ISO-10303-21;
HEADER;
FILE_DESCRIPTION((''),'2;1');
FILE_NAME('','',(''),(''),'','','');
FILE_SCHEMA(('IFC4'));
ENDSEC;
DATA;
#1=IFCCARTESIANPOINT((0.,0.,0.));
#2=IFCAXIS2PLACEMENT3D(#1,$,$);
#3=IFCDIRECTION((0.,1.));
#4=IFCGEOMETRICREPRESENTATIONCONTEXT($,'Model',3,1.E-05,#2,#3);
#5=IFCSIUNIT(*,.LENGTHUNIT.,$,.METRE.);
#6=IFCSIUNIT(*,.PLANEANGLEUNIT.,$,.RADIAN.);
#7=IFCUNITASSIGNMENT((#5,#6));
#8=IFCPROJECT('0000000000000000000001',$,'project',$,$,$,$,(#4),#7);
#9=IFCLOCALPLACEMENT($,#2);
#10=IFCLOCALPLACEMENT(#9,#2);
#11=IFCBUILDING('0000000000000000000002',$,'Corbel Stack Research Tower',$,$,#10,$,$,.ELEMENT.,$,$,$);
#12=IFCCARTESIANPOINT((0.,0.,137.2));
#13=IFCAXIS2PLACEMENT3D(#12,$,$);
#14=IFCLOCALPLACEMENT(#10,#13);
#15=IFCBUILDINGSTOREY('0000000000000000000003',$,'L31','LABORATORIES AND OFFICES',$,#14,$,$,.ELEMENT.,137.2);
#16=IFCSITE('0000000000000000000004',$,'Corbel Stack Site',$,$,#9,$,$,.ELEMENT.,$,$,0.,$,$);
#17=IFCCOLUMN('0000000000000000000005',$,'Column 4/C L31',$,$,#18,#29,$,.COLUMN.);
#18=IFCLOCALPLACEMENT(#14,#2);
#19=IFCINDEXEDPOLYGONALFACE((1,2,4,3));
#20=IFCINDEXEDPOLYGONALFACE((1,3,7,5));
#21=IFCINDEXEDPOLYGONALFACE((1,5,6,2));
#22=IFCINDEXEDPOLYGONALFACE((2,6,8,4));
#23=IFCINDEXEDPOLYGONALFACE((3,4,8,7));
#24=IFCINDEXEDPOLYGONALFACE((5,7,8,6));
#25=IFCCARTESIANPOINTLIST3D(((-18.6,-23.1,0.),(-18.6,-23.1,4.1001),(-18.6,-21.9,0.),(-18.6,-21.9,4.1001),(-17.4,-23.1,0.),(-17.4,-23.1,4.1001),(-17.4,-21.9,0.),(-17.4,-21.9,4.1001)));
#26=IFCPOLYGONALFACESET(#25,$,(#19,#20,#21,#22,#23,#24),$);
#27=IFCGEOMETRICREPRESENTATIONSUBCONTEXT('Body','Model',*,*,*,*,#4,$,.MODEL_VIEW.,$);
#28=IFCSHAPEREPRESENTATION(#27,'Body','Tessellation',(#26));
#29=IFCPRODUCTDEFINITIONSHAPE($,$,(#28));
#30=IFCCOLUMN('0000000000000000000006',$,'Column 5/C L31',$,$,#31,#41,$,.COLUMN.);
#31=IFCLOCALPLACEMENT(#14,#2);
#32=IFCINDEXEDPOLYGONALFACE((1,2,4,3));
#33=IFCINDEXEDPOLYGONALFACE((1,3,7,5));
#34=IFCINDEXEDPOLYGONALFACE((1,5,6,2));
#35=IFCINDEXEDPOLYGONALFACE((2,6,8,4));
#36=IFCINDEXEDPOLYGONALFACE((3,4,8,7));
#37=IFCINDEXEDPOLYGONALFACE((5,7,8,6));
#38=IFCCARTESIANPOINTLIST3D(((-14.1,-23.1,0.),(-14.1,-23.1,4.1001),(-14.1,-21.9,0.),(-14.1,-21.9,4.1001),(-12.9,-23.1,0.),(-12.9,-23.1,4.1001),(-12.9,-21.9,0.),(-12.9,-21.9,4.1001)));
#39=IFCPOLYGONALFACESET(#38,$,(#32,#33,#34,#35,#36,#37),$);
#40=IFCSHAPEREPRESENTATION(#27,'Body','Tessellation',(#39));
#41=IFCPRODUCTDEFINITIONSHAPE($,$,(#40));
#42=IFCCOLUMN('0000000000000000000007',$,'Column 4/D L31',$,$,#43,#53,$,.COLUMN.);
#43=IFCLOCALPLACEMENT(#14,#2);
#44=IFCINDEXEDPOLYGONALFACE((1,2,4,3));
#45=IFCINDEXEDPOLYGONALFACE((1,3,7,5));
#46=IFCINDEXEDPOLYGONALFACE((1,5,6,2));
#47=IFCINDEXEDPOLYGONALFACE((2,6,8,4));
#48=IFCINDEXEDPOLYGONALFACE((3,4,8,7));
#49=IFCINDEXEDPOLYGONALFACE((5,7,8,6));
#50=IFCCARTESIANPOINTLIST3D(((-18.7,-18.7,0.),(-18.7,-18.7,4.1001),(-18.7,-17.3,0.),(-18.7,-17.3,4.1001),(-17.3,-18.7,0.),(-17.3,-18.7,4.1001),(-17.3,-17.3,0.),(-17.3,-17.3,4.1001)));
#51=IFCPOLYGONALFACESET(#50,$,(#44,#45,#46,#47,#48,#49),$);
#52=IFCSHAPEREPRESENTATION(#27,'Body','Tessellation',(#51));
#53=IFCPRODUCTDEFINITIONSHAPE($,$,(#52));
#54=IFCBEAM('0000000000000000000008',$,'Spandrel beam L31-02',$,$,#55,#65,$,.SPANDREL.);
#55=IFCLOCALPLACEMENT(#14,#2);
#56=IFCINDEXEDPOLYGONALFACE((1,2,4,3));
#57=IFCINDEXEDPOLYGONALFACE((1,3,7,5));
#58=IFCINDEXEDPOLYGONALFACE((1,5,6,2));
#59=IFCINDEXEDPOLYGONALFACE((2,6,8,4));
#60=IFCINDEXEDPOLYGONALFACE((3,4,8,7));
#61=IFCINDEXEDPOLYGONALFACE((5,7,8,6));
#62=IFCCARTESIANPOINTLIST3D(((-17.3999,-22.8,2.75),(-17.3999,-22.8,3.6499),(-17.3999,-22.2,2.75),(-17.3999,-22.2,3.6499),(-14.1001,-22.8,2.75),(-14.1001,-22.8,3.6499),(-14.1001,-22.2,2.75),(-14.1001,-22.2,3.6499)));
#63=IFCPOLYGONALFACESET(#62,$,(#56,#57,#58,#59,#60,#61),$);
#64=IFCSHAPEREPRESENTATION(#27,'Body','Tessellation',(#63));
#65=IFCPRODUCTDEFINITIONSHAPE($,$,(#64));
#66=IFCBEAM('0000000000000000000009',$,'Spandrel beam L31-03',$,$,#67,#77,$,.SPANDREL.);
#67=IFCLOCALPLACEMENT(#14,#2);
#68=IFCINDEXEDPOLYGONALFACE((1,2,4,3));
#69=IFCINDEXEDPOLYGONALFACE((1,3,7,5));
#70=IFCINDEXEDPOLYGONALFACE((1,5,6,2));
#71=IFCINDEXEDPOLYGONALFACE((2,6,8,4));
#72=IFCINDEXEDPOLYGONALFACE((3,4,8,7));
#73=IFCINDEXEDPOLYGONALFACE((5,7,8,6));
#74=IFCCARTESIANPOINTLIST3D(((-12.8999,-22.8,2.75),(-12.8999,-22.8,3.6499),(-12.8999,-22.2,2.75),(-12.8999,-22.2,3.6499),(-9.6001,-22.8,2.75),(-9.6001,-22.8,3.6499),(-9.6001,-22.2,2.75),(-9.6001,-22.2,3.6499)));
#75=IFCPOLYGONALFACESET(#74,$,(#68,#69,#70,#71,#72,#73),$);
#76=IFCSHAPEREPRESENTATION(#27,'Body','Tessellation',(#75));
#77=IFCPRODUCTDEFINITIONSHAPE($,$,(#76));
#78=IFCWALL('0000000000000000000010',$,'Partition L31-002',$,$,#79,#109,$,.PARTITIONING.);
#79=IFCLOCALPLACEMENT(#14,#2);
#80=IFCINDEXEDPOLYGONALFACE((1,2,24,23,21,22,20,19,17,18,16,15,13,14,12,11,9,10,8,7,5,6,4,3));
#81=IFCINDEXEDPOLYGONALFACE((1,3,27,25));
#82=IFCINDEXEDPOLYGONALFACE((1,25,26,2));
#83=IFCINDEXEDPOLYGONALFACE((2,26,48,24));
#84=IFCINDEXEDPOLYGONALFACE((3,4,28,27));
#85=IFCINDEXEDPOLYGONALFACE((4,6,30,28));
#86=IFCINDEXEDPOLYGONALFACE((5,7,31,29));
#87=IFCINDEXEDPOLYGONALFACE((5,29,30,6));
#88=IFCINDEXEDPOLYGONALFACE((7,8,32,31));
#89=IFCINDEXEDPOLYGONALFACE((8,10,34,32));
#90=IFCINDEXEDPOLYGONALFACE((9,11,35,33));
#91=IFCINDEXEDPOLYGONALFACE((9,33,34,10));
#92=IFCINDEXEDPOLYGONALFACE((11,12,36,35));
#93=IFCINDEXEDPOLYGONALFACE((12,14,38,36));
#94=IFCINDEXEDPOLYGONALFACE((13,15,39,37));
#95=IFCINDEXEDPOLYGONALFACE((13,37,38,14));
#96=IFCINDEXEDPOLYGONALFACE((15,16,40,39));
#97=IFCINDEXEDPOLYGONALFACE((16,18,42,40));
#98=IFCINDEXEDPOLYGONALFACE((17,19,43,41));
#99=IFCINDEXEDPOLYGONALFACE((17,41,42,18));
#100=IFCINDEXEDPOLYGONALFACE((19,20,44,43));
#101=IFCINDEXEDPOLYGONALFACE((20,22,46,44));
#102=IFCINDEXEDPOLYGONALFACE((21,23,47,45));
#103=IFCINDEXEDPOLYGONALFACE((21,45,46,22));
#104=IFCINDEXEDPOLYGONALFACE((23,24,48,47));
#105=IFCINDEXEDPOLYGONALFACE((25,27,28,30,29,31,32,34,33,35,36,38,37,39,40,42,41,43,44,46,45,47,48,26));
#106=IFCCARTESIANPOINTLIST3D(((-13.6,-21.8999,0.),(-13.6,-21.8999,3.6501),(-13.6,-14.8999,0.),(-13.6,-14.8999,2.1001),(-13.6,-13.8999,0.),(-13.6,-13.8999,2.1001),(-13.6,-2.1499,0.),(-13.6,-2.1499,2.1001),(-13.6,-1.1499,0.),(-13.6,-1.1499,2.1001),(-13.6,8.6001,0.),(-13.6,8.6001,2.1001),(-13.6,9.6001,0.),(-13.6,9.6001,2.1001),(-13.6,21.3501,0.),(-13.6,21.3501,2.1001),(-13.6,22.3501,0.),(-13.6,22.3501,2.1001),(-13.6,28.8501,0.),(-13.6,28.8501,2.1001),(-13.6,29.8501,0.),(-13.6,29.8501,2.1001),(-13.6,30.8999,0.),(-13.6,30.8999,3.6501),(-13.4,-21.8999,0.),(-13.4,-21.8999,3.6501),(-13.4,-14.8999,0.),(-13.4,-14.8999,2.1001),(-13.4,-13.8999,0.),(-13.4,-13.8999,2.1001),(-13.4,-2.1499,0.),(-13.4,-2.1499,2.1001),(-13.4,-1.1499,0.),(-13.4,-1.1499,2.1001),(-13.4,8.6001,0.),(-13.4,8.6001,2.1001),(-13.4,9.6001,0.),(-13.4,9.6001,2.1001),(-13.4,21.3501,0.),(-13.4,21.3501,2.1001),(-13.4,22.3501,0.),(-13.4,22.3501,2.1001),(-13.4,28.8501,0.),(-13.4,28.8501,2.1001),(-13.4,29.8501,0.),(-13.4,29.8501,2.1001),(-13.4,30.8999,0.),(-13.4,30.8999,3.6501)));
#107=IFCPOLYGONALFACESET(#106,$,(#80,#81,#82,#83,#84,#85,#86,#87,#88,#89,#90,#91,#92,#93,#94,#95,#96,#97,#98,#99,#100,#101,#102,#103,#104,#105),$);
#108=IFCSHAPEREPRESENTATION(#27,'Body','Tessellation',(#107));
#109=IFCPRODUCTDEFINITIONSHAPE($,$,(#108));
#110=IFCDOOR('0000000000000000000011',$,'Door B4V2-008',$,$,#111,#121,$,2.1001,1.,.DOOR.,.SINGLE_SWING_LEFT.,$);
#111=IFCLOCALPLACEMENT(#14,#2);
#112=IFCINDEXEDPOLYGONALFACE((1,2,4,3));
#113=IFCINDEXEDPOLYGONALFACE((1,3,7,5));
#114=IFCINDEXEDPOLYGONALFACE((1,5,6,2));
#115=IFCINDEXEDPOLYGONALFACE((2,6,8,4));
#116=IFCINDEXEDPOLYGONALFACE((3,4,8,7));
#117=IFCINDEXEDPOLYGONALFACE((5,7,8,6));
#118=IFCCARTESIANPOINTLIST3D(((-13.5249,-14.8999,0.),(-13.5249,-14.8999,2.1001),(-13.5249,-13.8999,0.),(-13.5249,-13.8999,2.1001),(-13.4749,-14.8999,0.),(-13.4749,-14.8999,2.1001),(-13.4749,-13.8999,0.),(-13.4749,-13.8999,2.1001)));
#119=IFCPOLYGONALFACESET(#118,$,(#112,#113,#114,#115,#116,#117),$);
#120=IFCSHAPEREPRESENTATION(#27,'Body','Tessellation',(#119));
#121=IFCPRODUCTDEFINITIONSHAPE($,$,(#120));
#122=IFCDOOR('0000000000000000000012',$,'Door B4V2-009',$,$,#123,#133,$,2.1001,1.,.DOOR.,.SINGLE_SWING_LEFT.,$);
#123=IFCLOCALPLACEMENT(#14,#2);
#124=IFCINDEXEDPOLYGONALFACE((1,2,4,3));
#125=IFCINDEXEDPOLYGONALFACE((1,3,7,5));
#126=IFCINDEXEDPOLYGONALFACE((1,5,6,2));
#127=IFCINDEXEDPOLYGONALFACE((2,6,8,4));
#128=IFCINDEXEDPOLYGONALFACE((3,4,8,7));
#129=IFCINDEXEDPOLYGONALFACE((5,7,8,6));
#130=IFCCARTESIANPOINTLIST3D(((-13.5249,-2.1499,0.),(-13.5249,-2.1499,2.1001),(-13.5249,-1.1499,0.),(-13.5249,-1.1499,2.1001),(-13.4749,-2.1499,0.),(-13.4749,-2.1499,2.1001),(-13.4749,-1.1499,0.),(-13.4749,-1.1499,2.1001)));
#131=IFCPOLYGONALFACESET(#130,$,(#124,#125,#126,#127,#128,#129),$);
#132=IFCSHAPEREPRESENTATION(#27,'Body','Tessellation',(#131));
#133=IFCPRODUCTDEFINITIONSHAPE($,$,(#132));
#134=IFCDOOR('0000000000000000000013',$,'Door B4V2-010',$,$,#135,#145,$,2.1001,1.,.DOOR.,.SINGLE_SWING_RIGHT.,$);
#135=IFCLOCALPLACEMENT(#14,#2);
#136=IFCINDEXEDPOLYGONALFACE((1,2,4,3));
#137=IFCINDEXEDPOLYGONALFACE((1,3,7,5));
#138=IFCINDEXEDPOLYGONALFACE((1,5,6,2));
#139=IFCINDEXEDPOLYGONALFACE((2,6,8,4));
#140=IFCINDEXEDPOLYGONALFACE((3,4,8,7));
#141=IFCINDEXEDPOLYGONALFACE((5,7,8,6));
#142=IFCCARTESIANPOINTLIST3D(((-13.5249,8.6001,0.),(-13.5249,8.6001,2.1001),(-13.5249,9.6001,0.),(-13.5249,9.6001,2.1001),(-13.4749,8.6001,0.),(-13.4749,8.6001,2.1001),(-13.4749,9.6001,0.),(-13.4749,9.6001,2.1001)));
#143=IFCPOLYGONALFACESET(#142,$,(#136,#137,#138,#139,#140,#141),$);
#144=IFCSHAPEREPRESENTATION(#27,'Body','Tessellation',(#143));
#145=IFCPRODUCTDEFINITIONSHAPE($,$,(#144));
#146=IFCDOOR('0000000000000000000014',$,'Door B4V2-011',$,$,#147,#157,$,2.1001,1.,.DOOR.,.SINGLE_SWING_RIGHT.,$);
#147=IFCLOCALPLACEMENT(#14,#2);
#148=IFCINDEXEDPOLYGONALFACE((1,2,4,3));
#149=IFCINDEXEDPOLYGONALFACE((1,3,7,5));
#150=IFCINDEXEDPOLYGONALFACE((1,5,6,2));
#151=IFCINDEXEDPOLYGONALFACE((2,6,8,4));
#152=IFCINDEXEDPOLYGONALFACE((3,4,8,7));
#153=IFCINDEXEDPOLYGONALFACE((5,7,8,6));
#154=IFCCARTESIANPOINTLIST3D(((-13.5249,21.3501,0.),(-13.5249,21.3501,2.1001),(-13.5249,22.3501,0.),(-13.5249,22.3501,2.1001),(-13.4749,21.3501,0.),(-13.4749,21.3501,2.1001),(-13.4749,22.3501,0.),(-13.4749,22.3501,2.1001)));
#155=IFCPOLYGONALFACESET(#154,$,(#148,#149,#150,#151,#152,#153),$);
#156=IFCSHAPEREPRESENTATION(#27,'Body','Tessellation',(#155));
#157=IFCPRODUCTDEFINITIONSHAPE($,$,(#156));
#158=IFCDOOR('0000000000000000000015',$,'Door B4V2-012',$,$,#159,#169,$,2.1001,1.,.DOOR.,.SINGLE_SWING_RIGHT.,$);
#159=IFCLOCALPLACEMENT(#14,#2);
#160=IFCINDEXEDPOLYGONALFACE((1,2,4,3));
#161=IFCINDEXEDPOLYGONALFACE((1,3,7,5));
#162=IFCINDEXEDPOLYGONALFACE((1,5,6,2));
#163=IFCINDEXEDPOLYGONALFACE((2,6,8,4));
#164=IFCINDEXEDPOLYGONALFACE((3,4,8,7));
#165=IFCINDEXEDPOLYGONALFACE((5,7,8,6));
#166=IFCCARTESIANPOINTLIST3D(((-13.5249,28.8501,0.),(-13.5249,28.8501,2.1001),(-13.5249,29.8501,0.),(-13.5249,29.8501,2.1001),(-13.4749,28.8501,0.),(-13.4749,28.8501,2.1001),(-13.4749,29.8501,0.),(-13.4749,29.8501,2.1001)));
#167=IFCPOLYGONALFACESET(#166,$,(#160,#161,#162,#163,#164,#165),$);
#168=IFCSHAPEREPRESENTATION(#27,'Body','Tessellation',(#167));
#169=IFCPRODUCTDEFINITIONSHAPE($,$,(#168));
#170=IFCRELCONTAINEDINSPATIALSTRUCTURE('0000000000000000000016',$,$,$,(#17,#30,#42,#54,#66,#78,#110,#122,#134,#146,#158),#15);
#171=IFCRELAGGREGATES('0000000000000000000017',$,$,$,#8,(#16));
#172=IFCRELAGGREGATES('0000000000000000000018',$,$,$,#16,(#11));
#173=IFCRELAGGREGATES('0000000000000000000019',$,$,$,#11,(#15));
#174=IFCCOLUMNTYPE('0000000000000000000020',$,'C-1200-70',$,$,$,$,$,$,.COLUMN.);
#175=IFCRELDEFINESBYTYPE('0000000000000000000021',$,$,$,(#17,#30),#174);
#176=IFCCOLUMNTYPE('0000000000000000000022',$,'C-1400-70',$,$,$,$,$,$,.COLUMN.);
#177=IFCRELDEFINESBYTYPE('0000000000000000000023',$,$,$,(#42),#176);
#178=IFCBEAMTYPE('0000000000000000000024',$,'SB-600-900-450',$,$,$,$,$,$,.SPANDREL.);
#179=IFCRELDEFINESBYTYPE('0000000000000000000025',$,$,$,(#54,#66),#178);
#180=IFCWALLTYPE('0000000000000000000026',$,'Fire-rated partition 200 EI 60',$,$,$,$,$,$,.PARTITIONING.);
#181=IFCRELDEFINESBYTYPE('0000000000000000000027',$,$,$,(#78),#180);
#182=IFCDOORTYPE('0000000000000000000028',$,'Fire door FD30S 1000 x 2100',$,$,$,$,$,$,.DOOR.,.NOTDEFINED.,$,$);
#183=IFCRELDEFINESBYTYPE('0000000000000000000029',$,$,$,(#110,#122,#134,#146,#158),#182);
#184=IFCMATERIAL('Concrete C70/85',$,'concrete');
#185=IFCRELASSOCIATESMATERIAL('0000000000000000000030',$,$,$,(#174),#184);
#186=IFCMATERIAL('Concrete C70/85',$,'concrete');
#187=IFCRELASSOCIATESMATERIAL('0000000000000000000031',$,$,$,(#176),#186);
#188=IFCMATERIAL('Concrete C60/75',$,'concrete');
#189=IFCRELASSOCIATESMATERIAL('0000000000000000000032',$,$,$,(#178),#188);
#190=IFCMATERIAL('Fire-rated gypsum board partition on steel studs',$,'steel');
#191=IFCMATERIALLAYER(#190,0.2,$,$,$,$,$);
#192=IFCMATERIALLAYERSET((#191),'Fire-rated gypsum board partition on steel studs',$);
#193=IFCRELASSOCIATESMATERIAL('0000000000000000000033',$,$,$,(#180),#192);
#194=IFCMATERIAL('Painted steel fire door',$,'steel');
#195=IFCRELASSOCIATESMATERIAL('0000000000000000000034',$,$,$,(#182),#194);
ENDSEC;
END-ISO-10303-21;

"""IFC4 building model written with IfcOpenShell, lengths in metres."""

from ifc_helpers import new_model, si_unit, direction, frame, frame_2d, origin, origin_2d, place, context, subcontext, project, spatial, rectangle, extrude, material, layer, layer_set, material_profile, profile_set, type_object, element, fill, save


model = new_model("IFC4")

# Units and contexts
model_context = context("Model", 3, precision=1e-05, world=origin(), true_north=direction((0.0, 1.0)))
body_context = subcontext(model_context, "Body", "Model", "MODEL_VIEW")
ifc_project = project(units=[si_unit("LENGTHUNIT", "METRE"), si_unit("PLANEANGLEUNIT", "RADIAN")], contexts=[model_context])

# Site, building, storey
site_placement = place(None, origin())
site = spatial("IfcSite", under=ifc_project, at=site_placement, Name="Corbel Stack Site", CompositionType="ELEMENT", RefElevation=0.0)
building_placement = place(site_placement, origin())
building = spatial("IfcBuilding", under=site, at=building_placement, Name="Corbel Stack Research Tower", CompositionType="ELEMENT")
storey_placement = place(building_placement, frame((0.0, 0.0, 137.2)))
storey = spatial("IfcBuildingStorey", under=building, at=storey_placement, Name="L31", Description="LABORATORIES AND OFFICES", CompositionType="ELEMENT", Elevation=137.2)

# Columns
ifc_material_1 = material(Name="Concrete C70/85", Category="concrete")
ifc_material_profile_1 = material_profile(ifc_material_1, rectangle(XDim=1.2, YDim=1.2, at=origin_2d()), Name="RC 1200 x 1200")
ifc_profile_set_1 = profile_set([ifc_material_profile_1], Name="Concrete C70/85")
column_type_1 = type_object("IfcColumnType", Name="C-1200-70", PredefinedType="COLUMN", material=ifc_profile_set_1)
for number, where, z_axis, x_axis, name in (
    (1, (-18.0, -22.5, 0.0), (0.0, 0.0, 1.0), (1.0, 0.0, 0.0), "Column 4/C L31"),
    (2, (-13.5, -22.5, 0.0), (0.0, 0.0, 1.0), (1.0, 0.0, 0.0), "Column 5/C L31"),
):
    element("IfcColumn", number, at=place(storey_placement, frame(where, z_axis=z_axis, x_axis=x_axis)), inside=storey, type_object=column_type_1, Name=name, PredefinedType="COLUMN", context=body_context, shape_type="SweptSolid", body=[
        extrude(rectangle(XDim=1.2, YDim=1.2, at=origin_2d()), origin(), (0.0, 0.0, 1.0), 4.1001),
    ])
ifc_material_2 = material(Name="Concrete C70/85", Category="concrete")
ifc_material_profile_2 = material_profile(ifc_material_2, rectangle(XDim=1.3999, YDim=1.3999, at=origin_2d()), Name="RC 1400 x 1400")
ifc_profile_set_2 = profile_set([ifc_material_profile_2], Name="Concrete C70/85")
column_type_2 = type_object("IfcColumnType", Name="C-1400-70", PredefinedType="COLUMN", material=ifc_profile_set_2)
column_placement = place(storey_placement, frame((-18.0, -18.0, 0.0), z_axis=(0.0, 0.0, 1.0), x_axis=(1.0, 0.0, 0.0)))
element("IfcColumn", 3, at=column_placement, inside=storey, type_object=column_type_2, Name="Column 4/D L31", PredefinedType="COLUMN", context=body_context, shape_type="SweptSolid", body=[
    extrude(rectangle(XDim=1.3999, YDim=1.3999, at=origin_2d()), origin(), (0.0, 0.0, 1.0), 4.1001),
])

# Beams
ifc_material_3 = material(Name="Concrete C60/75", Category="concrete")
ifc_material_profile_3 = material_profile(ifc_material_3, rectangle(XDim=0.6001, YDim=0.8999, at=origin_2d()), Name="RC 600 x 900")
ifc_profile_set_3 = profile_set([ifc_material_profile_3], Name="Concrete C60/75")
beam_type = type_object("IfcBeamType", Name="SB-600-900-450", PredefinedType="SPANDREL", material=ifc_profile_set_3)
for number, where, z_axis, x_axis, name in (
    (4, (-17.3999, -22.5, 3.2), (1.0, 0.0, 0.0), (0.0, 1.0, 0.0), "Spandrel beam L31-02"),
    (5, (-12.8999, -22.5, 3.2), (1.0, 0.0, 0.0), (0.0, 1.0, 0.0), "Spandrel beam L31-03"),
):
    element("IfcBeam", number, at=place(storey_placement, frame(where, z_axis=z_axis, x_axis=x_axis)), inside=storey, type_object=beam_type, Name=name, PredefinedType="SPANDREL", context=body_context, shape_type="SweptSolid", body=[
        extrude(rectangle(XDim=0.6001, YDim=0.8999, at=origin_2d()), origin(), (0.0, 0.0, 1.0), 3.2998),
    ])

# Wall, openings, doors
ifc_material_4 = material(Name="Fire-rated gypsum board partition on steel studs", Category="steel")
ifc_layer_1 = layer(ifc_material_4, 0.2)
ifc_layer_set_1 = layer_set([ifc_layer_1], Name="Fire-rated gypsum board partition on steel studs")
wall_type_1 = type_object("IfcWallType", Name="Fire-rated partition 200 EI 60", PredefinedType="PARTITIONING", material=ifc_layer_set_1)
wall_1_placement = place(storey_placement, frame((-13.5, -21.8999, 0.0), z_axis=(0.0, 0.0, 1.0), x_axis=(0.0, 1.0, 0.0)))
wall_1 = element("IfcWall", 6, at=wall_1_placement, inside=storey, type_object=wall_type_1, Name="Partition L31-002", PredefinedType="PARTITIONING", context=body_context, shape_type="SweptSolid", body=[
    extrude(rectangle(XDim=52.7998, YDim=0.2, at=frame_2d((26.3999, 0.0))), origin(), (0.0, 0.0, 1.0), 3.6501),
])
opening_1_placement = place(wall_1_placement, frame((7.0, 0.0, 0.0)))
opening_1 = element("IfcOpeningElement", 7, at=opening_1_placement, cuts=wall_1, PredefinedType="OPENING", context=body_context, shape_type="SweptSolid", body=[
    extrude(rectangle(XDim=1.0, YDim=2.1001, at=frame_2d((0.5, 1.05))), frame((0.0, 0.1099, 0.0), z_axis=(0.0, -1.0, 0.0), x_axis=(1.0, 0.0, 0.0)), (0.0, 0.0, 1.0), 0.22),
])
opening_2_placement = place(wall_1_placement, frame((19.75, 0.0, 0.0)))
opening_2 = element("IfcOpeningElement", 8, at=opening_2_placement, cuts=wall_1, PredefinedType="OPENING", context=body_context, shape_type="SweptSolid", body=[
    extrude(rectangle(XDim=1.0, YDim=2.1001, at=frame_2d((0.5, 1.05))), frame((0.0, 0.1099, 0.0), z_axis=(0.0, -1.0, 0.0), x_axis=(1.0, 0.0, 0.0)), (0.0, 0.0, 1.0), 0.22),
])
opening_3_placement = place(wall_1_placement, frame((30.5, 0.0, 0.0)))
opening_3 = element("IfcOpeningElement", 9, at=opening_3_placement, cuts=wall_1, PredefinedType="OPENING", context=body_context, shape_type="SweptSolid", body=[
    extrude(rectangle(XDim=1.0, YDim=2.1001, at=frame_2d((0.5, 1.05))), frame((0.0, 0.1099, 0.0), z_axis=(0.0, -1.0, 0.0), x_axis=(1.0, 0.0, 0.0)), (0.0, 0.0, 1.0), 0.22),
])
opening_4_placement = place(wall_1_placement, frame((43.25, 0.0, 0.0)))
opening_4 = element("IfcOpeningElement", 10, at=opening_4_placement, cuts=wall_1, PredefinedType="OPENING", context=body_context, shape_type="SweptSolid", body=[
    extrude(rectangle(XDim=1.0, YDim=2.1001, at=frame_2d((0.5, 1.05))), frame((0.0, 0.1099, 0.0), z_axis=(0.0, -1.0, 0.0), x_axis=(1.0, 0.0, 0.0)), (0.0, 0.0, 1.0), 0.22),
])
opening_5_placement = place(wall_1_placement, frame((50.75, 0.0, 0.0)))
opening_5 = element("IfcOpeningElement", 11, at=opening_5_placement, cuts=wall_1, PredefinedType="OPENING", context=body_context, shape_type="SweptSolid", body=[
    extrude(rectangle(XDim=1.0, YDim=2.1001, at=frame_2d((0.5, 1.05))), frame((0.0, 0.1099, 0.0), z_axis=(0.0, -1.0, 0.0), x_axis=(1.0, 0.0, 0.0)), (0.0, 0.0, 1.0), 0.22),
])
ifc_material_5 = material(Name="Painted steel fire door", Category="steel")
door_type_1 = type_object("IfcDoorType", Name="Fire door FD30S 1000 x 2100", OperationType="NOTDEFINED", PredefinedType="DOOR", material=ifc_material_5)
door_1_placement = place(opening_1_placement, origin())
door_1 = element("IfcDoor", 12, at=door_1_placement, inside=storey, type_object=door_type_1, Name="Door B4V2-008", OperationType="SINGLE_SWING_LEFT", OverallHeight=2.1001, OverallWidth=1.0, PredefinedType="DOOR", context=body_context, shape_type="SweptSolid", body=[
    extrude(rectangle(XDim=1.0, YDim=2.1001, at=frame_2d((0.5, 1.05))), frame((0.0, 0.0249, 0.0), z_axis=(0.0, -1.0, 0.0), x_axis=(1.0, 0.0, 0.0)), (0.0, 0.0, 1.0), 0.05),
])
fill(opening_1, door_1)
door_2_placement = place(opening_2_placement, origin())
door_2 = element("IfcDoor", 13, at=door_2_placement, inside=storey, type_object=door_type_1, Name="Door B4V2-009", OperationType="SINGLE_SWING_LEFT", OverallHeight=2.1001, OverallWidth=1.0, PredefinedType="DOOR", context=body_context, shape_type="SweptSolid", body=[
    extrude(rectangle(XDim=1.0, YDim=2.1001, at=frame_2d((0.5, 1.05))), frame((0.0, 0.0249, 0.0), z_axis=(0.0, -1.0, 0.0), x_axis=(1.0, 0.0, 0.0)), (0.0, 0.0, 1.0), 0.05),
])
fill(opening_2, door_2)
door_3_placement = place(opening_3_placement, origin())
door_3 = element("IfcDoor", 14, at=door_3_placement, inside=storey, type_object=door_type_1, Name="Door B4V2-010", OperationType="SINGLE_SWING_RIGHT", OverallHeight=2.1001, OverallWidth=1.0, PredefinedType="DOOR", context=body_context, shape_type="SweptSolid", body=[
    extrude(rectangle(XDim=1.0, YDim=2.1001, at=frame_2d((0.5, 1.05))), frame((0.0, 0.0249, 0.0), z_axis=(0.0, -1.0, 0.0), x_axis=(1.0, 0.0, 0.0)), (0.0, 0.0, 1.0), 0.05),
])
fill(opening_3, door_3)
door_4_placement = place(opening_4_placement, origin())
door_4 = element("IfcDoor", 15, at=door_4_placement, inside=storey, type_object=door_type_1, Name="Door B4V2-011", OperationType="SINGLE_SWING_RIGHT", OverallHeight=2.1001, OverallWidth=1.0, PredefinedType="DOOR", context=body_context, shape_type="SweptSolid", body=[
    extrude(rectangle(XDim=1.0, YDim=2.1001, at=frame_2d((0.5, 1.05))), frame((0.0, 0.0249, 0.0), z_axis=(0.0, -1.0, 0.0), x_axis=(1.0, 0.0, 0.0)), (0.0, 0.0, 1.0), 0.05),
])
fill(opening_4, door_4)
door_5_placement = place(opening_5_placement, origin())
door_5 = element("IfcDoor", 16, at=door_5_placement, inside=storey, type_object=door_type_1, Name="Door B4V2-012", OperationType="SINGLE_SWING_RIGHT", OverallHeight=2.1001, OverallWidth=1.0, PredefinedType="DOOR", context=body_context, shape_type="SweptSolid", body=[
    extrude(rectangle(XDim=1.0, YDim=2.1001, at=frame_2d((0.5, 1.05))), frame((0.0, 0.0249, 0.0), z_axis=(0.0, -1.0, 0.0), x_axis=(1.0, 0.0, 0.0)), (0.0, 0.0, 1.0), 0.05),
])
fill(opening_5, door_5)

save(model, "model.ifc")
